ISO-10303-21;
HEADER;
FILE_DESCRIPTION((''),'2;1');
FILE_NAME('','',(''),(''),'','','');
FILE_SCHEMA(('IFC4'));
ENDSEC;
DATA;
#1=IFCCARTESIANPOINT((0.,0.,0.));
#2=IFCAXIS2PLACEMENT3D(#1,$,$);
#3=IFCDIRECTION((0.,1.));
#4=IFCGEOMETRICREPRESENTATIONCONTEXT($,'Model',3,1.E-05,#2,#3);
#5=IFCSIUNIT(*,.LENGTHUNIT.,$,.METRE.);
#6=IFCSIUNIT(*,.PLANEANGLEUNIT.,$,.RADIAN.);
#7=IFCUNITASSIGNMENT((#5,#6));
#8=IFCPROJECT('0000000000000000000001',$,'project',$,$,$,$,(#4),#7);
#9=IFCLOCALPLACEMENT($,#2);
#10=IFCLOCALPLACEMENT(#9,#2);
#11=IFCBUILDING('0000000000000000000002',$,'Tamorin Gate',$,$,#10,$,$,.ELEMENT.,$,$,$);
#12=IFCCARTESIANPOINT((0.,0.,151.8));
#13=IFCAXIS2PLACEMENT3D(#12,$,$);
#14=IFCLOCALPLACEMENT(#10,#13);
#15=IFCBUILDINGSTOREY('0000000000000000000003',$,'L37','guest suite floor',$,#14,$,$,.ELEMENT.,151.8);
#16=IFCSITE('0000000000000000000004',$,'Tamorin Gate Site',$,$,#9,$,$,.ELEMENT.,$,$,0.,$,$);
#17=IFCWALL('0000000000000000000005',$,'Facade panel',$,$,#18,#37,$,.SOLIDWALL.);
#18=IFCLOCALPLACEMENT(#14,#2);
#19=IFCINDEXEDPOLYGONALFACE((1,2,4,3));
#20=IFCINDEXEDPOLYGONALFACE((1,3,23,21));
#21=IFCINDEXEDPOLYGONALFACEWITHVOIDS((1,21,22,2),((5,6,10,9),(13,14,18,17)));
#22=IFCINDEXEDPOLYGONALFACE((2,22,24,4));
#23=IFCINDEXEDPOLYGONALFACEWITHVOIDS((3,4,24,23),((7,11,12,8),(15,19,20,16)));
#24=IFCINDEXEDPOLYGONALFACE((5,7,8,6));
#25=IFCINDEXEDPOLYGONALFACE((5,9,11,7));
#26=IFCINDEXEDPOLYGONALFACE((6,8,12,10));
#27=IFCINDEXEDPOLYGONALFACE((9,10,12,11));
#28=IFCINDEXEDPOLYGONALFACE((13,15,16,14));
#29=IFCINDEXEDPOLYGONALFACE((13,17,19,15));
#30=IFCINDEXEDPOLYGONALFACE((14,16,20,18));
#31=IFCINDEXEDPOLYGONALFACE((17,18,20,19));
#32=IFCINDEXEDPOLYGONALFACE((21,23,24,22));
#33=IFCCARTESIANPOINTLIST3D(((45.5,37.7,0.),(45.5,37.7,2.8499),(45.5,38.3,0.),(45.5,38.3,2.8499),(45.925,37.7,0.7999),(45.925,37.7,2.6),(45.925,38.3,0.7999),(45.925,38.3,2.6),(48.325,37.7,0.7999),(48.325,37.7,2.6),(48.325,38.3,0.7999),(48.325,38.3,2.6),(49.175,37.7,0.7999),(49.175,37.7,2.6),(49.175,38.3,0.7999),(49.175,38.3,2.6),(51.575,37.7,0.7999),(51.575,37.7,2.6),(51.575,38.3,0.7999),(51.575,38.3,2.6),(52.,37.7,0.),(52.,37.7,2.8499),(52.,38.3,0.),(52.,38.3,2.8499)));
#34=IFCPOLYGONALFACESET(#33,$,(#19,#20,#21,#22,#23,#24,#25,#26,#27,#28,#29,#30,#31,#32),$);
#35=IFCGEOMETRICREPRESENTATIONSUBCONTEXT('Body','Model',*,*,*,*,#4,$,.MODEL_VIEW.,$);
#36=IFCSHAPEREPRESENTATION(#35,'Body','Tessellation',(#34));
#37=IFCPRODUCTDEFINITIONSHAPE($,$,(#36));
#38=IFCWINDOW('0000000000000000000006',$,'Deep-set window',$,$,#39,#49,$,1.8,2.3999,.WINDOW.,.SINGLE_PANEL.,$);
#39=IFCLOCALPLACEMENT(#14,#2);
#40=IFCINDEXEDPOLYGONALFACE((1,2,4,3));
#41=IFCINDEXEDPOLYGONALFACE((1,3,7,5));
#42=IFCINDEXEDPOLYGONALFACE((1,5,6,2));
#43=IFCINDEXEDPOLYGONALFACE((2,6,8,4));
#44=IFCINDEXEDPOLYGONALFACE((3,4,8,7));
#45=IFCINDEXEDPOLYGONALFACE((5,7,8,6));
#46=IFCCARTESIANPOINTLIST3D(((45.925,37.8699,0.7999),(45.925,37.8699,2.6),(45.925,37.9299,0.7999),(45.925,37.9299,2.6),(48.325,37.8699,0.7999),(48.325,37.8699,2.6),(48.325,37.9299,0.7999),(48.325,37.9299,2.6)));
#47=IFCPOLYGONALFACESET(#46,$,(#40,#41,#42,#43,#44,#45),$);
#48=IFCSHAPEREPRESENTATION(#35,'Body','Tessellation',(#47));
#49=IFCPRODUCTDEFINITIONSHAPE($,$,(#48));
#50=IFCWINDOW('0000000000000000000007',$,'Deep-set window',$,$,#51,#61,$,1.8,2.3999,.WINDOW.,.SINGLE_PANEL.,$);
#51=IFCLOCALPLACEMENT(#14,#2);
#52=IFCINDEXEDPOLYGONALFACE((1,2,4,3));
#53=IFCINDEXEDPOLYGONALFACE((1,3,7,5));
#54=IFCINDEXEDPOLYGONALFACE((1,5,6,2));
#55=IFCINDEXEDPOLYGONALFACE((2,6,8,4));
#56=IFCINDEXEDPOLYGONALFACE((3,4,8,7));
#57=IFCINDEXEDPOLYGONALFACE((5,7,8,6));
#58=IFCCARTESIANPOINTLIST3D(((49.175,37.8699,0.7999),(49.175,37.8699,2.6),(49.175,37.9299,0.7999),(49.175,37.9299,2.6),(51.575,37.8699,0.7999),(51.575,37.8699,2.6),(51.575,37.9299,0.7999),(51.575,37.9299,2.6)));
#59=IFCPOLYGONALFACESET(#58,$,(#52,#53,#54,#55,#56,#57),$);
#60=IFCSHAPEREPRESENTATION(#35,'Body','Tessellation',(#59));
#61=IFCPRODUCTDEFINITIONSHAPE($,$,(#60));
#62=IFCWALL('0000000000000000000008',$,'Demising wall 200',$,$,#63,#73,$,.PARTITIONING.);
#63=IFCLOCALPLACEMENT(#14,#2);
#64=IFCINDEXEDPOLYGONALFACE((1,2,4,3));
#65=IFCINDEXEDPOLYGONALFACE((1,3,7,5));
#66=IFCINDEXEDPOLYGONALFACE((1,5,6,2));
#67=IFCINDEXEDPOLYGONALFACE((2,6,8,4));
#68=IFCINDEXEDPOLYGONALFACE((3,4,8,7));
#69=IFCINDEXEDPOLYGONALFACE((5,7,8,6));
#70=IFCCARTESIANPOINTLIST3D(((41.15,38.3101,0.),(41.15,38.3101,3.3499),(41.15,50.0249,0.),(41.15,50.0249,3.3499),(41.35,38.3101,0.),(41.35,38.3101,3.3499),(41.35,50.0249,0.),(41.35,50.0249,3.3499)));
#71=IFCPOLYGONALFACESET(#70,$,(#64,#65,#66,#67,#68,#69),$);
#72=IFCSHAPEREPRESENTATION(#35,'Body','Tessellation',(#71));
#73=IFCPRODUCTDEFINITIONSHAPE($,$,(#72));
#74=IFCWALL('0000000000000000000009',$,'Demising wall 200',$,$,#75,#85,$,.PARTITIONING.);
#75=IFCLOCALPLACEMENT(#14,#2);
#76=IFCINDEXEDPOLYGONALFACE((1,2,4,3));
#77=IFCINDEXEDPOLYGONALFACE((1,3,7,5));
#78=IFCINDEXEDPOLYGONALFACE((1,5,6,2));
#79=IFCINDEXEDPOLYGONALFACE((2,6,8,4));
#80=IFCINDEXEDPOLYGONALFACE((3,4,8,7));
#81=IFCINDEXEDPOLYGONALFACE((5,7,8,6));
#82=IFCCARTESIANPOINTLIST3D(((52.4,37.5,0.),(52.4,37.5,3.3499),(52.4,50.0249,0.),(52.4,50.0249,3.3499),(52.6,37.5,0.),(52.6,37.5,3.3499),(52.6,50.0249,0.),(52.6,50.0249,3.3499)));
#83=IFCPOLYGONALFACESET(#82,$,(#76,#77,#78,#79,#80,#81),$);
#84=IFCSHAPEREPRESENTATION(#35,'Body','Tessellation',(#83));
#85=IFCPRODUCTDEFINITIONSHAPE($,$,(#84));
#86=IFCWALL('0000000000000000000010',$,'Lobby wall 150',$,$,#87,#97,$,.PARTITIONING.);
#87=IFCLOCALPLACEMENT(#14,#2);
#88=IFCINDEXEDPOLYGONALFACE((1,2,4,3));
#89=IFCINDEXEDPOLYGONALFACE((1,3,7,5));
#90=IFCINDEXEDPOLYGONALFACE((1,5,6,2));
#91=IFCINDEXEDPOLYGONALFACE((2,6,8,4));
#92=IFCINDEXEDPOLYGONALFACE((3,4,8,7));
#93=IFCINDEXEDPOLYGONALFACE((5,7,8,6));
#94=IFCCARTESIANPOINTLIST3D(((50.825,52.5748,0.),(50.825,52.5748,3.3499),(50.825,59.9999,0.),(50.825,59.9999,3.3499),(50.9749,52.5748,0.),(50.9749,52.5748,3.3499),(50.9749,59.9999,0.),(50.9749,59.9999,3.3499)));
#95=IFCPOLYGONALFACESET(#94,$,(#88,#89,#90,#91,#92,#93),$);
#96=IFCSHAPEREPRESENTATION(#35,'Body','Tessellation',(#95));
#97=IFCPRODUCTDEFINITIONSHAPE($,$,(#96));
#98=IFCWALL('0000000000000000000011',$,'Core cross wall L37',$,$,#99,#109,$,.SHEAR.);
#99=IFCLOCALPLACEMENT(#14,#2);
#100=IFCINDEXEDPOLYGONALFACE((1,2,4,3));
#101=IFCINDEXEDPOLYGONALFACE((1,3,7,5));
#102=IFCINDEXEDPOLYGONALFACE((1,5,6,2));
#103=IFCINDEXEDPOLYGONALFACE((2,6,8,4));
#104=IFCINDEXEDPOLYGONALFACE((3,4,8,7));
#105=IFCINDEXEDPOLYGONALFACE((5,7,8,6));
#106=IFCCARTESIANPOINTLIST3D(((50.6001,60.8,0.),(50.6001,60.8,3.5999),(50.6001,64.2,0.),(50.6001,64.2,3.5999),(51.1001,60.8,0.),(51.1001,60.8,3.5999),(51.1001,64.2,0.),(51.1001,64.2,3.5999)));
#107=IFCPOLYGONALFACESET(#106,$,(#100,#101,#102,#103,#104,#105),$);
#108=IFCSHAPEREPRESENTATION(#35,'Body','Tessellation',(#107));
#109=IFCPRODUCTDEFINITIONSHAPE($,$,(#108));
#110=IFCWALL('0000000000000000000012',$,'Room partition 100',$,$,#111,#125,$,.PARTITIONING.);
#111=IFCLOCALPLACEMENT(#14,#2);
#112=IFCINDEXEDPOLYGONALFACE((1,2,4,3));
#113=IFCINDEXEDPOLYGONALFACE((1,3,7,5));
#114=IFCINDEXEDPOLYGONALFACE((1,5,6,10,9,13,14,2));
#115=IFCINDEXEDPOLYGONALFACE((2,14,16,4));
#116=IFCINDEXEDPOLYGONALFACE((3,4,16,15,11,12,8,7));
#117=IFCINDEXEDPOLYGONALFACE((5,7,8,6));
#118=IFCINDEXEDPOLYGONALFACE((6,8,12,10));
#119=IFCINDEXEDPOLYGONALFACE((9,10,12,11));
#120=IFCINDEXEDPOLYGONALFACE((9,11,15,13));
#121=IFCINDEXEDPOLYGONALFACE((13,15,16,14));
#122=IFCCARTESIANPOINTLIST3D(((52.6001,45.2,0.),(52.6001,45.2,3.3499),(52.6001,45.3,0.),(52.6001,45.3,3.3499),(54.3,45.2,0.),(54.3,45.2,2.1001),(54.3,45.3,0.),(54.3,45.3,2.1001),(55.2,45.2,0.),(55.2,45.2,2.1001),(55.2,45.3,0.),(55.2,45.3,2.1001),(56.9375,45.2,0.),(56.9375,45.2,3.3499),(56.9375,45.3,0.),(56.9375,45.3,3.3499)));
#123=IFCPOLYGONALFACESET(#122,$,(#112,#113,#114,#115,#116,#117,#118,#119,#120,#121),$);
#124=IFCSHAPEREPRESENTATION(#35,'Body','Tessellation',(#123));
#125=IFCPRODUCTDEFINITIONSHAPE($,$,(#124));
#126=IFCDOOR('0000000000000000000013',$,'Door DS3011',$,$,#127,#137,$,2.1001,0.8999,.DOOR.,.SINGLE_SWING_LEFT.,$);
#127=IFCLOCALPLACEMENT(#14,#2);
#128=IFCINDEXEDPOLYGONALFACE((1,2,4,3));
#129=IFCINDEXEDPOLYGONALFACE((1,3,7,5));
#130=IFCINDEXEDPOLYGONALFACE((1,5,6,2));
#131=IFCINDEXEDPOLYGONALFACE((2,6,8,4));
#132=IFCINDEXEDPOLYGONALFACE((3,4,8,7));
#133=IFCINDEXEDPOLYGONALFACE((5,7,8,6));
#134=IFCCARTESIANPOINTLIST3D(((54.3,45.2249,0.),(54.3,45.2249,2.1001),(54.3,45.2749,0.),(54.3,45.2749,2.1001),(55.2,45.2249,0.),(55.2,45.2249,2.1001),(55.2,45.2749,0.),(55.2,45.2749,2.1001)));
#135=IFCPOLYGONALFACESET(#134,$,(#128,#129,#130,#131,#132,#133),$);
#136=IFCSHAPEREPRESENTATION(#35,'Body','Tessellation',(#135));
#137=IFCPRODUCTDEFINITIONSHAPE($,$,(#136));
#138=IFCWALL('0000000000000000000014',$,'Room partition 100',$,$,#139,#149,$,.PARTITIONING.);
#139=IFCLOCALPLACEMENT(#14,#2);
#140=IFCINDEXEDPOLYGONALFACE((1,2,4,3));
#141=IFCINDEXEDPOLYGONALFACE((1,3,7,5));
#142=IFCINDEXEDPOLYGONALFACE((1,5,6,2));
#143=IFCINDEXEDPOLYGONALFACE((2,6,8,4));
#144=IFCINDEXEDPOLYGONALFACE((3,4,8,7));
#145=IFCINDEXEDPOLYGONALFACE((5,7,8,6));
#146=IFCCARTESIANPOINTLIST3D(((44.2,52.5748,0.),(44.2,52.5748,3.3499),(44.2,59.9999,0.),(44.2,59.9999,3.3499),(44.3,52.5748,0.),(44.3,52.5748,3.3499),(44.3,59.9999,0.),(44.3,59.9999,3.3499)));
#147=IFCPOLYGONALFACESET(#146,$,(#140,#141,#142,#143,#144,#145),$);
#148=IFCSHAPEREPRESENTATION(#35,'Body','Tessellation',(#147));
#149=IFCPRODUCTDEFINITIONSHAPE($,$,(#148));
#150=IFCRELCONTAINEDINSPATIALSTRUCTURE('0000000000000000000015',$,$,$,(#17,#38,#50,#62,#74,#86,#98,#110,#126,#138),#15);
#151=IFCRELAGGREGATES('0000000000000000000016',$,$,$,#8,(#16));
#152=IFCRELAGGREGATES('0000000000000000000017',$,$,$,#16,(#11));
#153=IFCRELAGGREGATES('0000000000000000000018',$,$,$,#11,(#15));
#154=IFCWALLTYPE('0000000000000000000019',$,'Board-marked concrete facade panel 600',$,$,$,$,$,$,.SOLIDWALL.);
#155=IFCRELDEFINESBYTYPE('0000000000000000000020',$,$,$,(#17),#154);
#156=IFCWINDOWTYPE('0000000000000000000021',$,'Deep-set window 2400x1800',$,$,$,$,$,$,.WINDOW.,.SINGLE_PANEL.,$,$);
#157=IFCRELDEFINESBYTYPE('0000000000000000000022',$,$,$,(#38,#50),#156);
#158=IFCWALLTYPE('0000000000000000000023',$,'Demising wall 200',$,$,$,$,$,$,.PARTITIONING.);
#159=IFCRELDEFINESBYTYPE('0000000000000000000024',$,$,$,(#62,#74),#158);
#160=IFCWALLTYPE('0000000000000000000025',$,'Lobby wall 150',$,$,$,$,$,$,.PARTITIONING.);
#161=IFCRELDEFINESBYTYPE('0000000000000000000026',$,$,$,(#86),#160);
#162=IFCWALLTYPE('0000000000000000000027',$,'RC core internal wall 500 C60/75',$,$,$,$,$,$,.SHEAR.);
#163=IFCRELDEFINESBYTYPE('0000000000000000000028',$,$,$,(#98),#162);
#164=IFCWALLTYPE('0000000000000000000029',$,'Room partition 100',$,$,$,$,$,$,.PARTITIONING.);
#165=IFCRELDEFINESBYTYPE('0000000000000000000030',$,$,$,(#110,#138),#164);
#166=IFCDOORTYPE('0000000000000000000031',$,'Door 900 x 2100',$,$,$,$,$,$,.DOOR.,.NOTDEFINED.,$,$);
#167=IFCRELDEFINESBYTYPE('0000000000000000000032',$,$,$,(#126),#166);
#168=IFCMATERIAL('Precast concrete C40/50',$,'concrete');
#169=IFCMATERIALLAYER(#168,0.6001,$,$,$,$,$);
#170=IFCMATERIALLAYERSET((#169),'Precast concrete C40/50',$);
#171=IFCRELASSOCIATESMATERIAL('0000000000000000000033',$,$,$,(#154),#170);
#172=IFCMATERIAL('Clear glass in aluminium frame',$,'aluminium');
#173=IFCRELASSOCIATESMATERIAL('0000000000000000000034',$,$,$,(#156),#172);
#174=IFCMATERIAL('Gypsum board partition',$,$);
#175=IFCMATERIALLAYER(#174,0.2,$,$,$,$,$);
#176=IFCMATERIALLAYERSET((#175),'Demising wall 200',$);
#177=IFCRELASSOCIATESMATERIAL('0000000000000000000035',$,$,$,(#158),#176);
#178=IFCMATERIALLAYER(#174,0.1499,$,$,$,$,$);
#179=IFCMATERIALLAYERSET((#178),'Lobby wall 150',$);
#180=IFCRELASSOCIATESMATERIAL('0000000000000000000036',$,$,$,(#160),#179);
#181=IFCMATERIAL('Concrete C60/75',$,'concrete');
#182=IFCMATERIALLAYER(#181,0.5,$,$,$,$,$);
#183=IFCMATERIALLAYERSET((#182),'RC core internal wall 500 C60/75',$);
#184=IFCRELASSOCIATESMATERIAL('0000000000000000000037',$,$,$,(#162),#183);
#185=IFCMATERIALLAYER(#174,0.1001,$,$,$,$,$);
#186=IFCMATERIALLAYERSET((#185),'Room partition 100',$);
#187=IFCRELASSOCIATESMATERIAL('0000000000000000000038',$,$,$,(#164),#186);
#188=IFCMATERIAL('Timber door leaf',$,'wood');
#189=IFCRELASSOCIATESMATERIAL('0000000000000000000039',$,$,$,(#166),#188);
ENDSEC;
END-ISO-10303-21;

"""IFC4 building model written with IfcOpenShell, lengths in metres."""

from ifc_helpers import new_model, si_unit, direction, frame, frame_2d, origin, place, context, subcontext, project, spatial, rectangle, extrude, material, layer, layer_set, type_object, element, fill, save


model = new_model("IFC4")

# Units and contexts
model_context = context("Model", 3, precision=1e-05, world=origin(), true_north=direction((0.0, 1.0)))
body_context = subcontext(model_context, "Body", "Model", "MODEL_VIEW")
ifc_project = project(units=[si_unit("LENGTHUNIT", "METRE"), si_unit("PLANEANGLEUNIT", "RADIAN")], contexts=[model_context])

# Site, building, storey
site_placement = place(None, origin())
site = spatial("IfcSite", under=ifc_project, at=site_placement, Name="Tamorin Gate Site", CompositionType="ELEMENT", RefElevation=0.0)
building_placement = place(site_placement, origin())
building = spatial("IfcBuilding", under=site, at=building_placement, Name="Tamorin Gate", CompositionType="ELEMENT")
storey_placement = place(building_placement, frame((0.0, 0.0, 151.8)))
storey = spatial("IfcBuildingStorey", under=building, at=storey_placement, Name="L37", Description="guest suite floor", CompositionType="ELEMENT", Elevation=151.8)

# Wall, openings, windows
ifc_material_1 = material(Name="Precast concrete C40/50", Category="concrete")
ifc_layer_1 = layer(ifc_material_1, 0.6001)
ifc_layer_set_1 = layer_set([ifc_layer_1], Name="Precast concrete C40/50")
wall_type_1 = type_object("IfcWallType", Name="Board-marked concrete facade panel 600", PredefinedType="SOLIDWALL", material=ifc_layer_set_1)
ifc_material_2 = material(Name="Clear glass in aluminium frame", Category="aluminium")
window_type = type_object("IfcWindowType", Name="Deep-set window 2400x1800", PartitioningType="SINGLE_PANEL", PredefinedType="WINDOW", material=ifc_material_2)
wall_1_placement = place(storey_placement, frame((45.5, 38.0, 0.0), z_axis=(0.0, 0.0, 1.0), x_axis=(1.0, 0.0, 0.0)))
wall_1 = element("IfcWall", 1, at=wall_1_placement, inside=storey, type_object=wall_type_1, Name="Facade panel", PredefinedType="SOLIDWALL", context=body_context, shape_type="SweptSolid", body=[
    extrude(rectangle(XDim=6.5, YDim=0.6001, at=frame_2d((3.25, 0.0))), origin(), (0.0, 0.0, 1.0), 2.8499),
])
opening_1_placement = place(wall_1_placement, frame((0.425, 0.0, 0.8)))
opening_1 = element("IfcOpeningElement", 2, at=opening_1_placement, cuts=wall_1, PredefinedType="OPENING", context=body_context, shape_type="SweptSolid", body=[
    extrude(rectangle(XDim=2.3999, YDim=1.8, at=frame_2d((1.2, 0.8999))), frame((0.0, 0.3101, 0.0), z_axis=(0.0, -1.0, 0.0), x_axis=(1.0, 0.0, 0.0)), (0.0, 0.0, 1.0), 0.6201),
])
opening_2_placement = place(wall_1_placement, frame((3.675, 0.0, 0.8)))
opening_2 = element("IfcOpeningElement", 3, at=opening_2_placement, cuts=wall_1, PredefinedType="OPENING", context=body_context, shape_type="SweptSolid", body=[
    extrude(rectangle(XDim=2.3999, YDim=1.8, at=frame_2d((1.2, 0.8999))), frame((0.0, 0.3101, 0.0), z_axis=(0.0, -1.0, 0.0), x_axis=(1.0, 0.0, 0.0)), (0.0, 0.0, 1.0), 0.6201),
])
window_1_placement = place(opening_1_placement, origin())
window_1 = element("IfcWindow", 4, at=window_1_placement, inside=storey, type_object=window_type, Name="Deep-set window", OverallHeight=1.8, OverallWidth=2.3999, PartitioningType="SINGLE_PANEL", PredefinedType="WINDOW", context=body_context, shape_type="SweptSolid", body=[
    extrude(rectangle(XDim=2.3999, YDim=1.8, at=frame_2d((1.2, 0.8999))), frame((0.0, -0.0701, 0.0), z_axis=(0.0, -1.0, 0.0), x_axis=(1.0, 0.0, 0.0)), (0.0, 0.0, 1.0), 0.0601),
])
fill(opening_1, window_1)
window_2_placement = place(opening_2_placement, origin())
window_2 = element("IfcWindow", 5, at=window_2_placement, inside=storey, type_object=window_type, Name="Deep-set window", OverallHeight=1.8, OverallWidth=2.3999, PartitioningType="SINGLE_PANEL", PredefinedType="WINDOW", context=body_context, shape_type="SweptSolid", body=[
    extrude(rectangle(XDim=2.3999, YDim=1.8, at=frame_2d((1.2, 0.8999))), frame((0.0, -0.0701, 0.0), z_axis=(0.0, -1.0, 0.0), x_axis=(1.0, 0.0, 0.0)), (0.0, 0.0, 1.0), 0.0601),
])
fill(opening_2, window_2)

# Walls
ifc_material_3 = material(Name="Gypsum board partition")
ifc_layer_2 = layer(ifc_material_3, 0.2)
ifc_layer_set_2 = layer_set([ifc_layer_2], Name="Demising wall 200")
wall_type_2 = type_object("IfcWallType", Name="Demising wall 200", PredefinedType="PARTITIONING", material=ifc_layer_set_2)
wall_2_placement = place(storey_placement, frame((41.25, 38.3101, 0.0), z_axis=(0.0, 0.0, 1.0), x_axis=(0.0, 1.0, 0.0)))
element("IfcWall", 6, at=wall_2_placement, inside=storey, type_object=wall_type_2, Name="Demising wall 200", PredefinedType="PARTITIONING", context=body_context, shape_type="SweptSolid", body=[
    extrude(rectangle(XDim=11.7148, YDim=0.2, at=frame_2d((5.8574, 0.0))), origin(), (0.0, 0.0, 1.0), 3.3499),
])
wall_3_placement = place(storey_placement, frame((52.5, 37.5, 0.0), z_axis=(0.0, 0.0, 1.0), x_axis=(0.0, 1.0, 0.0)))
element("IfcWall", 7, at=wall_3_placement, inside=storey, type_object=wall_type_2, Name="Demising wall 200", PredefinedType="PARTITIONING", context=body_context, shape_type="SweptSolid", body=[
    extrude(rectangle(XDim=12.5249, YDim=0.2, at=frame_2d((6.2625, 0.0))), origin(), (0.0, 0.0, 1.0), 3.3499),
])
ifc_layer_3 = layer(ifc_material_3, 0.1499)
ifc_layer_set_3 = layer_set([ifc_layer_3], Name="Lobby wall 150")
wall_type_3 = type_object("IfcWallType", Name="Lobby wall 150", PredefinedType="PARTITIONING", material=ifc_layer_set_3)
wall_4_placement = place(storey_placement, frame((50.8999, 52.575, 0.0), z_axis=(0.0, 0.0, 1.0), x_axis=(0.0, 1.0, 0.0)))
element("IfcWall", 8, at=wall_4_placement, inside=storey, type_object=wall_type_3, Name="Lobby wall 150", PredefinedType="PARTITIONING", context=body_context, shape_type="SweptSolid", body=[
    extrude(rectangle(XDim=7.425, YDim=0.1499, at=frame_2d((3.7124, 0.0))), origin(), (0.0, 0.0, 1.0), 3.3499),
])
ifc_material_4 = material(Name="Concrete C60/75", Category="concrete")
ifc_layer_4 = layer(ifc_material_4, 0.5)
ifc_layer_set_4 = layer_set([ifc_layer_4], Name="RC core internal wall 500 C60/75")
wall_type_4 = type_object("IfcWallType", Name="RC core internal wall 500 C60/75", PredefinedType="SHEAR", material=ifc_layer_set_4)
wall_5_placement = place(storey_placement, frame((50.8501, 60.8, 0.0), z_axis=(0.0, 0.0, 1.0), x_axis=(0.0, 1.0, 0.0)))
element("IfcWall", 9, at=wall_5_placement, inside=storey, type_object=wall_type_4, Name="Core cross wall L37", PredefinedType="SHEAR", context=body_context, shape_type="SweptSolid", body=[
    extrude(rectangle(XDim=3.3999, YDim=0.5, at=frame_2d((1.7, 0.0))), origin(), (0.0, 0.0, 1.0), 3.5999),
])

# Wall, opening, door
ifc_layer_5 = layer(ifc_material_3, 0.1001)
ifc_layer_set_5 = layer_set([ifc_layer_5], Name="Room partition 100")
wall_type_5 = type_object("IfcWallType", Name="Room partition 100", PredefinedType="PARTITIONING", material=ifc_layer_set_5)
wall_6_placement = place(storey_placement, frame((52.6001, 45.25, 0.0), z_axis=(0.0, 0.0, 1.0), x_axis=(1.0, 0.0, 0.0)))
wall_6 = element("IfcWall", 10, at=wall_6_placement, inside=storey, type_object=wall_type_5, Name="Room partition 100", PredefinedType="PARTITIONING", context=body_context, shape_type="SweptSolid", body=[
    extrude(rectangle(XDim=4.3374, YDim=0.1001, at=frame_2d((2.1687, 0.0))), origin(), (0.0, 0.0, 1.0), 3.3499),
])
opening_3_placement = place(wall_6_placement, frame((1.7, 0.0, 0.0)))
opening_3 = element("IfcOpeningElement", 11, at=opening_3_placement, cuts=wall_6, PredefinedType="OPENING", context=body_context, shape_type="SweptSolid", body=[
    extrude(rectangle(XDim=0.8999, YDim=2.1001, at=frame_2d((0.45, 1.05))), frame((0.0, 0.0601, 0.0), z_axis=(0.0, -1.0, 0.0), x_axis=(1.0, 0.0, 0.0)), (0.0, 0.0, 1.0), 0.1201),
])
ifc_material_5 = material(Name="Timber door leaf", Category="wood")
door_type = type_object("IfcDoorType", Name="Door 900 x 2100", OperationType="NOTDEFINED", PredefinedType="DOOR", material=ifc_material_5)
door_1_placement = place(opening_3_placement, origin())
door_1 = element("IfcDoor", 12, at=door_1_placement, inside=storey, type_object=door_type, Name="Door DS3011", OperationType="SINGLE_SWING_LEFT", OverallHeight=2.1001, OverallWidth=0.8999, PredefinedType="DOOR", context=body_context, shape_type="SweptSolid", body=[
    extrude(rectangle(XDim=0.8999, YDim=2.1001, at=frame_2d((0.45, 1.05))), frame((0.0, 0.0249, 0.0), z_axis=(0.0, -1.0, 0.0), x_axis=(1.0, 0.0, 0.0)), (0.0, 0.0, 1.0), 0.05),
])
fill(opening_3, door_1)

# Wall
wall_7_placement = place(storey_placement, frame((44.25, 52.575, 0.0), z_axis=(0.0, 0.0, 1.0), x_axis=(0.0, 1.0, 0.0)))
element("IfcWall", 13, at=wall_7_placement, inside=storey, type_object=wall_type_5, Name="Room partition 100", PredefinedType="PARTITIONING", context=body_context, shape_type="SweptSolid", body=[
    extrude(rectangle(XDim=7.425, YDim=0.1001, at=frame_2d((3.7124, 0.0))), origin(), (0.0, 0.0, 1.0), 3.3499),
])

save(model, "model.ifc")
